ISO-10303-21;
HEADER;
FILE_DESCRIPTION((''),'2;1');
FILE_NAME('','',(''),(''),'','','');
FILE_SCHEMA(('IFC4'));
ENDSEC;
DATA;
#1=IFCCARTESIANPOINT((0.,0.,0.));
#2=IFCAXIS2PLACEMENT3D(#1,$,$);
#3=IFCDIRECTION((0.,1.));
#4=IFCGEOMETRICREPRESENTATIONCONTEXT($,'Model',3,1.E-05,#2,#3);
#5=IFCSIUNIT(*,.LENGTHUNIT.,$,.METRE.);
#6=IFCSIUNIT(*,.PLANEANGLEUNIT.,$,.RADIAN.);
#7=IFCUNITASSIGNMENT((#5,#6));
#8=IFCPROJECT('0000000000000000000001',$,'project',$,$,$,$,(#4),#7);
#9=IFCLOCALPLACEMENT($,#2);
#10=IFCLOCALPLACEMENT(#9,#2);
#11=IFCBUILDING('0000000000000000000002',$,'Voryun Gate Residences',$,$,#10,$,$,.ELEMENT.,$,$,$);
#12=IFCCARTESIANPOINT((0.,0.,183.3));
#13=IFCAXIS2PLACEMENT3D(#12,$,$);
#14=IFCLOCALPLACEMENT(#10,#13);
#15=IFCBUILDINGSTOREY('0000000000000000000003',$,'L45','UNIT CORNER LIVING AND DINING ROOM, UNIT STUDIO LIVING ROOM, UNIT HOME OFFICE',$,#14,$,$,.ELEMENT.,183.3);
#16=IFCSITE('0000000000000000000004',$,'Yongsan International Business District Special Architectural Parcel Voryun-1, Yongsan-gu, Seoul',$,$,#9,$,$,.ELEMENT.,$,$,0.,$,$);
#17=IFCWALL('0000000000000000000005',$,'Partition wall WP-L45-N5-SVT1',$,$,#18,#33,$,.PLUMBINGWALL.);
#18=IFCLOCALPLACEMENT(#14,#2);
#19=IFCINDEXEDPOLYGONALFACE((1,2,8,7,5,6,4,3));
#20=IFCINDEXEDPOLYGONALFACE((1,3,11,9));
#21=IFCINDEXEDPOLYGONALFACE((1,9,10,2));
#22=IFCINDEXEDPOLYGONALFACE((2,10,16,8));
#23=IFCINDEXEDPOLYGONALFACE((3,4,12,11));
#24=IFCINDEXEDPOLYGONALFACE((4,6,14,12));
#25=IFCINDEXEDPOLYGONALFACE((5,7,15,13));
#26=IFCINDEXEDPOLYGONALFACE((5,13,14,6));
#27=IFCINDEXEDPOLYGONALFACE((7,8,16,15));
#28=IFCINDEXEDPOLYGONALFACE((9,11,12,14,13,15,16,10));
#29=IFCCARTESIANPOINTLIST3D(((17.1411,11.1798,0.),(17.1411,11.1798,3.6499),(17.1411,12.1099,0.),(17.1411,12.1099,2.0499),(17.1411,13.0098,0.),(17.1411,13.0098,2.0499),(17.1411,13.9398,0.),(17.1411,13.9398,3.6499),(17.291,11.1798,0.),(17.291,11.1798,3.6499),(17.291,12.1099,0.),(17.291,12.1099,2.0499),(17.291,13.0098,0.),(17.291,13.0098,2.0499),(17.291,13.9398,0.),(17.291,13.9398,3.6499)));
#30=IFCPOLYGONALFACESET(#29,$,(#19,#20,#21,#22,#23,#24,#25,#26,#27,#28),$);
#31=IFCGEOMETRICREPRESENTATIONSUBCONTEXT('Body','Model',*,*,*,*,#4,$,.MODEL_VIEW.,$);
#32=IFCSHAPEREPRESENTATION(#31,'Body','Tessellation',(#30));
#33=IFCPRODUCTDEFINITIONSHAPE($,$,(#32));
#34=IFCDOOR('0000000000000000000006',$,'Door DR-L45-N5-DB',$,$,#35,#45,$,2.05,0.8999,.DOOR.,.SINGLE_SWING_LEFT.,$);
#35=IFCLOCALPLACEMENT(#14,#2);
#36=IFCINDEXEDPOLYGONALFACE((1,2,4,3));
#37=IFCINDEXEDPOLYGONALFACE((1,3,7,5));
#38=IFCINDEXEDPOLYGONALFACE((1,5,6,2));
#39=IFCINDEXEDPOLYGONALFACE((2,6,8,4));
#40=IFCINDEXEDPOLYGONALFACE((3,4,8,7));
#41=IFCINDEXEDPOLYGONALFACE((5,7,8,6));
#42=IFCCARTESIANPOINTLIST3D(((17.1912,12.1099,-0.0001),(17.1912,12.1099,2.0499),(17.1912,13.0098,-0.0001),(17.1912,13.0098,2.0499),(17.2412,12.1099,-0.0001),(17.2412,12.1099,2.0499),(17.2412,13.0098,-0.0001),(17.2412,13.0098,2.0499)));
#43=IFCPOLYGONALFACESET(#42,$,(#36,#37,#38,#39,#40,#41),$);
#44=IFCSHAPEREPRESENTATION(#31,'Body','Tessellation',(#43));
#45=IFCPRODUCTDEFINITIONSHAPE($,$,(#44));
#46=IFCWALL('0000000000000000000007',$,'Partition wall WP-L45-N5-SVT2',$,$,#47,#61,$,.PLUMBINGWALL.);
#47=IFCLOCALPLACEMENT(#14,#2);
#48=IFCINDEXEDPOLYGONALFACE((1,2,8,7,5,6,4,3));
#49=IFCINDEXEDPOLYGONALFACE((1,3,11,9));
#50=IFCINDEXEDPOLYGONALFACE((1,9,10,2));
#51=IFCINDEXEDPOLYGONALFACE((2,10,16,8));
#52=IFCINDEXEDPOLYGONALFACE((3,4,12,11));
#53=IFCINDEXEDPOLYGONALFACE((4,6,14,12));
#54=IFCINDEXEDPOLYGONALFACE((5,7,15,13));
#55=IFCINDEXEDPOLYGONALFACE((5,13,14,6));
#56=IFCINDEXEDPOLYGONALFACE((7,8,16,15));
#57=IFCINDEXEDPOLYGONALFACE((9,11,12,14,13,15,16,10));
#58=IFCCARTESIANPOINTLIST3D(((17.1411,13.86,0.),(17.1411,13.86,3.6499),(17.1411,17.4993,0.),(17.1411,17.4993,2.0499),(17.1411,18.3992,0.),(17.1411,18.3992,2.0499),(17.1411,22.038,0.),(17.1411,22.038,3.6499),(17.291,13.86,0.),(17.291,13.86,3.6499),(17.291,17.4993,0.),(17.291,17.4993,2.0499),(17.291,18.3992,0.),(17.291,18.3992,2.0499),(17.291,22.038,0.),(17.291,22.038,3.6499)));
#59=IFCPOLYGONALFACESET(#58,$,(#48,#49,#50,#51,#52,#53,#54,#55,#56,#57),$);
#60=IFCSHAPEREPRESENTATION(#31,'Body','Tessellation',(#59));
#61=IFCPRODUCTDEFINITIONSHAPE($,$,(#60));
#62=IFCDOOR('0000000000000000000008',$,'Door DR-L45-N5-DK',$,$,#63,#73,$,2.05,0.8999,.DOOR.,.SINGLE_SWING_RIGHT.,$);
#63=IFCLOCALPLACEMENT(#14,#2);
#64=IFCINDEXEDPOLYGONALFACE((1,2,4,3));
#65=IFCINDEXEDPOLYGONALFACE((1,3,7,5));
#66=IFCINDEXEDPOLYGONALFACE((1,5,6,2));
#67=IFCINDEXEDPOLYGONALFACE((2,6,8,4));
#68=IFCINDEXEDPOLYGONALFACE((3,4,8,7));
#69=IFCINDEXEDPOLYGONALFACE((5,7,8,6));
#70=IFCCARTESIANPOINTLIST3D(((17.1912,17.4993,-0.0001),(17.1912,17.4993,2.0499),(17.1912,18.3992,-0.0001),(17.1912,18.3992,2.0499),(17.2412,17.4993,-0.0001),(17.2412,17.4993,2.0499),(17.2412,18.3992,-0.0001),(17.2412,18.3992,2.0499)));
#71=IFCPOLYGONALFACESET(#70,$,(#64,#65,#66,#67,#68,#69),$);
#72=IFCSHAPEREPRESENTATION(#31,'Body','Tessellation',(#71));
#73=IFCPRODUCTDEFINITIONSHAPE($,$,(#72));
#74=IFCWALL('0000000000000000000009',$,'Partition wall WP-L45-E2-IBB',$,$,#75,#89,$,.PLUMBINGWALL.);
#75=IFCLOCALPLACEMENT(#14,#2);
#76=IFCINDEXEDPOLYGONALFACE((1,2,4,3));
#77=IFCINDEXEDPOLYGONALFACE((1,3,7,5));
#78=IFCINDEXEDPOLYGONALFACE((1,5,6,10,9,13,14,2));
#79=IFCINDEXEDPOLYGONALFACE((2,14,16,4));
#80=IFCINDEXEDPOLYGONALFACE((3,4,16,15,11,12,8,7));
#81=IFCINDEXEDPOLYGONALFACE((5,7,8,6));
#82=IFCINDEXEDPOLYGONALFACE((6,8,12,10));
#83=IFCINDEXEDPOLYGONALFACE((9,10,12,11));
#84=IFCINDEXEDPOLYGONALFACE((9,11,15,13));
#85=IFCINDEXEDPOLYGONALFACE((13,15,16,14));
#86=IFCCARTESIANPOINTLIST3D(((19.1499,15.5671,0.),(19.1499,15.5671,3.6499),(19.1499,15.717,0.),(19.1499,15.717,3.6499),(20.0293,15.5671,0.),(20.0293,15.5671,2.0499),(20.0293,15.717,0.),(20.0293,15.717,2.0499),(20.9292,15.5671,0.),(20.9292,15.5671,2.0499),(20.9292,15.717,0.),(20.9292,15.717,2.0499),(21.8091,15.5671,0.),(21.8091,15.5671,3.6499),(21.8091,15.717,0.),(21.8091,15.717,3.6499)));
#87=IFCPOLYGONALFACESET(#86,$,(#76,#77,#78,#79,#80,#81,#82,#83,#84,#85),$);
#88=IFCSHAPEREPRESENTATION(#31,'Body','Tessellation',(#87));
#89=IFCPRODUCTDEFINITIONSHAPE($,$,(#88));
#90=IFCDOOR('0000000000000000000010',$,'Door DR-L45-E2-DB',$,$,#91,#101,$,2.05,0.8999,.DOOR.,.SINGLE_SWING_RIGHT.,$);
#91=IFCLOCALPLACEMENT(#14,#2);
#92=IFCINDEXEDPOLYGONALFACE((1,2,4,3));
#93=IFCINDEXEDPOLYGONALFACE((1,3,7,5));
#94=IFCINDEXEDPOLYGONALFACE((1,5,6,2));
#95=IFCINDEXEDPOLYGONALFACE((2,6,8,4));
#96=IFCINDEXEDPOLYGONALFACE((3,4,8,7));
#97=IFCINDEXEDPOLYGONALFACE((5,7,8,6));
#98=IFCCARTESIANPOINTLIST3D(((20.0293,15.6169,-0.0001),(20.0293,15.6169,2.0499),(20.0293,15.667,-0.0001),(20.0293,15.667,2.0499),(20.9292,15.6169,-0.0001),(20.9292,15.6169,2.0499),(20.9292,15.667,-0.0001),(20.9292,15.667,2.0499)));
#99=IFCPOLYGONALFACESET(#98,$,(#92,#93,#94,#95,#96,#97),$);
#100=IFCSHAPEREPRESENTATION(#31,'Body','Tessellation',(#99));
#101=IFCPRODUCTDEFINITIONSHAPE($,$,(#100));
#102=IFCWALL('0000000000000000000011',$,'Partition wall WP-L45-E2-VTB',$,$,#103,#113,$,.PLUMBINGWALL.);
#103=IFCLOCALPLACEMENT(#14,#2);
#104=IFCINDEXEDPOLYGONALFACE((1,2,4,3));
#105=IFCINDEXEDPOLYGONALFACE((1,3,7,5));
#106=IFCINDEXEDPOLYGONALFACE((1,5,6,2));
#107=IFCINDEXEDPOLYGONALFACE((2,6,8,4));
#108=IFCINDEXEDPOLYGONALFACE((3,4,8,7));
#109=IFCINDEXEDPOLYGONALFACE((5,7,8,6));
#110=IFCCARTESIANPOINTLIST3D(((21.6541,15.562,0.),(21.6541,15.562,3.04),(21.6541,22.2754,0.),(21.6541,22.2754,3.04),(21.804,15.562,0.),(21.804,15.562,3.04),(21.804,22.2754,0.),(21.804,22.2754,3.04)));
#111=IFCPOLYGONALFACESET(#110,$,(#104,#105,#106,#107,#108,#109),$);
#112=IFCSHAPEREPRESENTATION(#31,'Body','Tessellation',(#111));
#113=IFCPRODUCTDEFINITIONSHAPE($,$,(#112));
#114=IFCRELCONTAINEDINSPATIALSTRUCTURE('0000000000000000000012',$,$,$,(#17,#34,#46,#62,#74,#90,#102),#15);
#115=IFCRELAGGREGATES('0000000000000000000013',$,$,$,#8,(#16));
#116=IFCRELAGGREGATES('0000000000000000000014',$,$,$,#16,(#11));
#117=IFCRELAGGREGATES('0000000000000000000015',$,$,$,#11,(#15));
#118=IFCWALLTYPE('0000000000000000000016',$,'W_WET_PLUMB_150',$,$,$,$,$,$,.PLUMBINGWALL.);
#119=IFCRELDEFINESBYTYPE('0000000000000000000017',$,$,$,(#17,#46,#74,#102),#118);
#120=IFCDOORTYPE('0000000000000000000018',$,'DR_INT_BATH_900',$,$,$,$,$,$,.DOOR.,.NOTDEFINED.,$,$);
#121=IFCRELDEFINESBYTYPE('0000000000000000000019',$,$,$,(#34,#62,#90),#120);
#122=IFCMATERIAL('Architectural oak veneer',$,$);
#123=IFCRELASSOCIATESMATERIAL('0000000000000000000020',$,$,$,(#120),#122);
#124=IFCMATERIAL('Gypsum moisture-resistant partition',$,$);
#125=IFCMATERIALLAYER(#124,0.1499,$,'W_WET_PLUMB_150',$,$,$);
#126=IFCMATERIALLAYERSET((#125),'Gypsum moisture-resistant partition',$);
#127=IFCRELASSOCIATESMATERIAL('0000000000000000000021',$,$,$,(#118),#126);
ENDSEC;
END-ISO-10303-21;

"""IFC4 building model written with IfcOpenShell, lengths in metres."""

from ifc_helpers import new_model, si_unit, direction, frame, frame_2d, origin, place, context, subcontext, project, spatial, rectangle, extrude, material, layer, layer_set, type_object, element, fill, save


model = new_model("IFC4")

# Units and contexts
model_context = context("Model", 3, precision=1e-05, world=origin(), true_north=direction((0.0, 1.0)))
body_context = subcontext(model_context, "Body", "Model", "MODEL_VIEW")
ifc_project = project(units=[si_unit("LENGTHUNIT", "METRE"), si_unit("PLANEANGLEUNIT", "RADIAN")], contexts=[model_context])

# Site, building, storey
site_placement = place(None, origin())
site = spatial("IfcSite", under=ifc_project, at=site_placement, Name="Yongsan International Business District Special Architectural Parcel Voryun-1, Yongsan-gu, Seoul", CompositionType="ELEMENT", RefElevation=0.0)
building_placement = place(site_placement, origin())
building = spatial("IfcBuilding", under=site, at=building_placement, Name="Voryun Gate Residences", CompositionType="ELEMENT")
storey_placement = place(building_placement, frame((0.0, 0.0, 183.3)))
storey = spatial("IfcBuildingStorey", under=building, at=storey_placement, Name="L45", Description="UNIT CORNER LIVING AND DINING ROOM, UNIT STUDIO LIVING ROOM, UNIT HOME OFFICE", CompositionType="ELEMENT", Elevation=183.3)

# Shared definitions
ifc_material_1 = material(Name="Architectural oak veneer")
door_type = type_object("IfcDoorType", Name="DR_INT_BATH_900", OperationType="NOTDEFINED", PredefinedType="DOOR", material=ifc_material_1)

# Shared definitions
ifc_material_2 = material(Name="Gypsum moisture-resistant partition")
ifc_layer_1 = layer(ifc_material_2, 0.1499, Name="W_WET_PLUMB_150")
ifc_layer_set_1 = layer_set([ifc_layer_1], Name="Gypsum moisture-resistant partition")
wall_type_1 = type_object("IfcWallType", Name="W_WET_PLUMB_150", PredefinedType="PLUMBINGWALL", material=ifc_layer_set_1)

# Walls, openings, doors
wall_1_placement = place(storey_placement, frame((17.2161, 11.1799, 0.0), z_axis=(0.0, 0.0, 1.0), x_axis=(0.0, 1.0, 0.0)))
wall_1 = element("IfcWall", 1, at=wall_1_placement, inside=storey, type_object=wall_type_1, Name="Partition wall WP-L45-N5-SVT1", PredefinedType="PLUMBINGWALL", context=body_context, shape_type="SweptSolid", body=[
    extrude(rectangle(XDim=2.76, YDim=0.1499, at=frame_2d((1.3799, 0.0))), origin(), (0.0, 0.0, 1.0), 3.6499),
])
opening_1_placement = place(wall_1_placement, frame((0.9299, 0.0, 0.0)))
opening_1 = element("IfcOpeningElement", 2, at=opening_1_placement, cuts=wall_1, PredefinedType="OPENING", context=body_context, shape_type="SweptSolid", body=[
    extrude(rectangle(XDim=0.8999, YDim=2.05, at=frame_2d((0.45, 1.0249))), frame((0.0, 0.085, 0.0), z_axis=(0.0, -1.0, 0.0), x_axis=(1.0, 0.0, 0.0)), (0.0, 0.0, 1.0), 0.1699),
])
door_1_placement = place(opening_1_placement, origin())
door_1 = element("IfcDoor", 3, at=door_1_placement, inside=storey, type_object=door_type, Name="Door DR-L45-N5-DB", OperationType="SINGLE_SWING_LEFT", OverallHeight=2.05, OverallWidth=0.8999, PredefinedType="DOOR", context=body_context, shape_type="SweptSolid", body=[
    extrude(rectangle(XDim=0.8999, YDim=2.05, at=frame_2d((0.45, 1.0249))), frame((0.0, 0.0249, 0.0), z_axis=(0.0, -1.0, 0.0), x_axis=(1.0, 0.0, 0.0)), (0.0, 0.0, 1.0), 0.05),
])
fill(opening_1, door_1)
wall_2_placement = place(storey_placement, frame((17.2161, 13.8601, 0.0), z_axis=(0.0, 0.0, 1.0), x_axis=(0.0, 1.0, 0.0)))
wall_2 = element("IfcWall", 4, at=wall_2_placement, inside=storey, type_object=wall_type_1, Name="Partition wall WP-L45-N5-SVT2", PredefinedType="PLUMBINGWALL", context=body_context, shape_type="SweptSolid", body=[
    extrude(rectangle(XDim=8.178, YDim=0.1499, at=frame_2d((4.0889, 0.0))), origin(), (0.0, 0.0, 1.0), 3.6499),
])
opening_2_placement = place(wall_2_placement, frame((3.6392, 0.0, 0.0)))
opening_2 = element("IfcOpeningElement", 5, at=opening_2_placement, cuts=wall_2, PredefinedType="OPENING", context=body_context, shape_type="SweptSolid", body=[
    extrude(rectangle(XDim=0.8999, YDim=2.05, at=frame_2d((0.45, 1.0249))), frame((0.0, 0.085, 0.0), z_axis=(0.0, -1.0, 0.0), x_axis=(1.0, 0.0, 0.0)), (0.0, 0.0, 1.0), 0.1699),
])
door_2_placement = place(opening_2_placement, origin())
door_2 = element("IfcDoor", 6, at=door_2_placement, inside=storey, type_object=door_type, Name="Door DR-L45-N5-DK", OperationType="SINGLE_SWING_RIGHT", OverallHeight=2.05, OverallWidth=0.8999, PredefinedType="DOOR", context=body_context, shape_type="SweptSolid", body=[
    extrude(rectangle(XDim=0.8999, YDim=2.05, at=frame_2d((0.45, 1.0249))), frame((0.0, 0.0249, 0.0), z_axis=(0.0, -1.0, 0.0), x_axis=(1.0, 0.0, 0.0)), (0.0, 0.0, 1.0), 0.05),
])
fill(opening_2, door_2)
wall_3_placement = place(storey_placement, frame((19.1499, 15.6421, 0.0), z_axis=(0.0, 0.0, 1.0), x_axis=(1.0, 0.0, 0.0)))
wall_3 = element("IfcWall", 7, at=wall_3_placement, inside=storey, type_object=wall_type_1, Name="Partition wall WP-L45-E2-IBB", PredefinedType="PLUMBINGWALL", context=body_context, shape_type="SweptSolid", body=[
    extrude(rectangle(XDim=2.6592, YDim=0.1499, at=frame_2d((1.3296, 0.0))), origin(), (0.0, 0.0, 1.0), 3.6499),
])
opening_3_placement = place(wall_3_placement, frame((0.8794, 0.0, 0.0)))
opening_3 = element("IfcOpeningElement", 8, at=opening_3_placement, cuts=wall_3, PredefinedType="OPENING", context=body_context, shape_type="SweptSolid", body=[
    extrude(rectangle(XDim=0.8999, YDim=2.05, at=frame_2d((0.45, 1.0249))), frame((0.0, 0.085, 0.0), z_axis=(0.0, -1.0, 0.0), x_axis=(1.0, 0.0, 0.0)), (0.0, 0.0, 1.0), 0.1699),
])
door_3_placement = place(opening_3_placement, origin())
door_3 = element("IfcDoor", 9, at=door_3_placement, inside=storey, type_object=door_type, Name="Door DR-L45-E2-DB", OperationType="SINGLE_SWING_RIGHT", OverallHeight=2.05, OverallWidth=0.8999, PredefinedType="DOOR", context=body_context, shape_type="SweptSolid", body=[
    extrude(rectangle(XDim=0.8999, YDim=2.05, at=frame_2d((0.45, 1.0249))), frame((0.0, 0.0249, 0.0), z_axis=(0.0, -1.0, 0.0), x_axis=(1.0, 0.0, 0.0)), (0.0, 0.0, 1.0), 0.05),
])
fill(opening_3, door_3)

# Wall
wall_4_placement = place(storey_placement, frame((21.729, 15.562, 0.0), z_axis=(0.0, 0.0, 1.0), x_axis=(0.0, 1.0, 0.0)))
element("IfcWall", 10, at=wall_4_placement, inside=storey, type_object=wall_type_1, Name="Partition wall WP-L45-E2-VTB", PredefinedType="PLUMBINGWALL", context=body_context, shape_type="SweptSolid", body=[
    extrude(rectangle(XDim=6.7134, YDim=0.1499, at=frame_2d((3.3567, 0.0))), origin(), (0.0, 0.0, 1.0), 3.04),
])

save(model, "model.ifc")
